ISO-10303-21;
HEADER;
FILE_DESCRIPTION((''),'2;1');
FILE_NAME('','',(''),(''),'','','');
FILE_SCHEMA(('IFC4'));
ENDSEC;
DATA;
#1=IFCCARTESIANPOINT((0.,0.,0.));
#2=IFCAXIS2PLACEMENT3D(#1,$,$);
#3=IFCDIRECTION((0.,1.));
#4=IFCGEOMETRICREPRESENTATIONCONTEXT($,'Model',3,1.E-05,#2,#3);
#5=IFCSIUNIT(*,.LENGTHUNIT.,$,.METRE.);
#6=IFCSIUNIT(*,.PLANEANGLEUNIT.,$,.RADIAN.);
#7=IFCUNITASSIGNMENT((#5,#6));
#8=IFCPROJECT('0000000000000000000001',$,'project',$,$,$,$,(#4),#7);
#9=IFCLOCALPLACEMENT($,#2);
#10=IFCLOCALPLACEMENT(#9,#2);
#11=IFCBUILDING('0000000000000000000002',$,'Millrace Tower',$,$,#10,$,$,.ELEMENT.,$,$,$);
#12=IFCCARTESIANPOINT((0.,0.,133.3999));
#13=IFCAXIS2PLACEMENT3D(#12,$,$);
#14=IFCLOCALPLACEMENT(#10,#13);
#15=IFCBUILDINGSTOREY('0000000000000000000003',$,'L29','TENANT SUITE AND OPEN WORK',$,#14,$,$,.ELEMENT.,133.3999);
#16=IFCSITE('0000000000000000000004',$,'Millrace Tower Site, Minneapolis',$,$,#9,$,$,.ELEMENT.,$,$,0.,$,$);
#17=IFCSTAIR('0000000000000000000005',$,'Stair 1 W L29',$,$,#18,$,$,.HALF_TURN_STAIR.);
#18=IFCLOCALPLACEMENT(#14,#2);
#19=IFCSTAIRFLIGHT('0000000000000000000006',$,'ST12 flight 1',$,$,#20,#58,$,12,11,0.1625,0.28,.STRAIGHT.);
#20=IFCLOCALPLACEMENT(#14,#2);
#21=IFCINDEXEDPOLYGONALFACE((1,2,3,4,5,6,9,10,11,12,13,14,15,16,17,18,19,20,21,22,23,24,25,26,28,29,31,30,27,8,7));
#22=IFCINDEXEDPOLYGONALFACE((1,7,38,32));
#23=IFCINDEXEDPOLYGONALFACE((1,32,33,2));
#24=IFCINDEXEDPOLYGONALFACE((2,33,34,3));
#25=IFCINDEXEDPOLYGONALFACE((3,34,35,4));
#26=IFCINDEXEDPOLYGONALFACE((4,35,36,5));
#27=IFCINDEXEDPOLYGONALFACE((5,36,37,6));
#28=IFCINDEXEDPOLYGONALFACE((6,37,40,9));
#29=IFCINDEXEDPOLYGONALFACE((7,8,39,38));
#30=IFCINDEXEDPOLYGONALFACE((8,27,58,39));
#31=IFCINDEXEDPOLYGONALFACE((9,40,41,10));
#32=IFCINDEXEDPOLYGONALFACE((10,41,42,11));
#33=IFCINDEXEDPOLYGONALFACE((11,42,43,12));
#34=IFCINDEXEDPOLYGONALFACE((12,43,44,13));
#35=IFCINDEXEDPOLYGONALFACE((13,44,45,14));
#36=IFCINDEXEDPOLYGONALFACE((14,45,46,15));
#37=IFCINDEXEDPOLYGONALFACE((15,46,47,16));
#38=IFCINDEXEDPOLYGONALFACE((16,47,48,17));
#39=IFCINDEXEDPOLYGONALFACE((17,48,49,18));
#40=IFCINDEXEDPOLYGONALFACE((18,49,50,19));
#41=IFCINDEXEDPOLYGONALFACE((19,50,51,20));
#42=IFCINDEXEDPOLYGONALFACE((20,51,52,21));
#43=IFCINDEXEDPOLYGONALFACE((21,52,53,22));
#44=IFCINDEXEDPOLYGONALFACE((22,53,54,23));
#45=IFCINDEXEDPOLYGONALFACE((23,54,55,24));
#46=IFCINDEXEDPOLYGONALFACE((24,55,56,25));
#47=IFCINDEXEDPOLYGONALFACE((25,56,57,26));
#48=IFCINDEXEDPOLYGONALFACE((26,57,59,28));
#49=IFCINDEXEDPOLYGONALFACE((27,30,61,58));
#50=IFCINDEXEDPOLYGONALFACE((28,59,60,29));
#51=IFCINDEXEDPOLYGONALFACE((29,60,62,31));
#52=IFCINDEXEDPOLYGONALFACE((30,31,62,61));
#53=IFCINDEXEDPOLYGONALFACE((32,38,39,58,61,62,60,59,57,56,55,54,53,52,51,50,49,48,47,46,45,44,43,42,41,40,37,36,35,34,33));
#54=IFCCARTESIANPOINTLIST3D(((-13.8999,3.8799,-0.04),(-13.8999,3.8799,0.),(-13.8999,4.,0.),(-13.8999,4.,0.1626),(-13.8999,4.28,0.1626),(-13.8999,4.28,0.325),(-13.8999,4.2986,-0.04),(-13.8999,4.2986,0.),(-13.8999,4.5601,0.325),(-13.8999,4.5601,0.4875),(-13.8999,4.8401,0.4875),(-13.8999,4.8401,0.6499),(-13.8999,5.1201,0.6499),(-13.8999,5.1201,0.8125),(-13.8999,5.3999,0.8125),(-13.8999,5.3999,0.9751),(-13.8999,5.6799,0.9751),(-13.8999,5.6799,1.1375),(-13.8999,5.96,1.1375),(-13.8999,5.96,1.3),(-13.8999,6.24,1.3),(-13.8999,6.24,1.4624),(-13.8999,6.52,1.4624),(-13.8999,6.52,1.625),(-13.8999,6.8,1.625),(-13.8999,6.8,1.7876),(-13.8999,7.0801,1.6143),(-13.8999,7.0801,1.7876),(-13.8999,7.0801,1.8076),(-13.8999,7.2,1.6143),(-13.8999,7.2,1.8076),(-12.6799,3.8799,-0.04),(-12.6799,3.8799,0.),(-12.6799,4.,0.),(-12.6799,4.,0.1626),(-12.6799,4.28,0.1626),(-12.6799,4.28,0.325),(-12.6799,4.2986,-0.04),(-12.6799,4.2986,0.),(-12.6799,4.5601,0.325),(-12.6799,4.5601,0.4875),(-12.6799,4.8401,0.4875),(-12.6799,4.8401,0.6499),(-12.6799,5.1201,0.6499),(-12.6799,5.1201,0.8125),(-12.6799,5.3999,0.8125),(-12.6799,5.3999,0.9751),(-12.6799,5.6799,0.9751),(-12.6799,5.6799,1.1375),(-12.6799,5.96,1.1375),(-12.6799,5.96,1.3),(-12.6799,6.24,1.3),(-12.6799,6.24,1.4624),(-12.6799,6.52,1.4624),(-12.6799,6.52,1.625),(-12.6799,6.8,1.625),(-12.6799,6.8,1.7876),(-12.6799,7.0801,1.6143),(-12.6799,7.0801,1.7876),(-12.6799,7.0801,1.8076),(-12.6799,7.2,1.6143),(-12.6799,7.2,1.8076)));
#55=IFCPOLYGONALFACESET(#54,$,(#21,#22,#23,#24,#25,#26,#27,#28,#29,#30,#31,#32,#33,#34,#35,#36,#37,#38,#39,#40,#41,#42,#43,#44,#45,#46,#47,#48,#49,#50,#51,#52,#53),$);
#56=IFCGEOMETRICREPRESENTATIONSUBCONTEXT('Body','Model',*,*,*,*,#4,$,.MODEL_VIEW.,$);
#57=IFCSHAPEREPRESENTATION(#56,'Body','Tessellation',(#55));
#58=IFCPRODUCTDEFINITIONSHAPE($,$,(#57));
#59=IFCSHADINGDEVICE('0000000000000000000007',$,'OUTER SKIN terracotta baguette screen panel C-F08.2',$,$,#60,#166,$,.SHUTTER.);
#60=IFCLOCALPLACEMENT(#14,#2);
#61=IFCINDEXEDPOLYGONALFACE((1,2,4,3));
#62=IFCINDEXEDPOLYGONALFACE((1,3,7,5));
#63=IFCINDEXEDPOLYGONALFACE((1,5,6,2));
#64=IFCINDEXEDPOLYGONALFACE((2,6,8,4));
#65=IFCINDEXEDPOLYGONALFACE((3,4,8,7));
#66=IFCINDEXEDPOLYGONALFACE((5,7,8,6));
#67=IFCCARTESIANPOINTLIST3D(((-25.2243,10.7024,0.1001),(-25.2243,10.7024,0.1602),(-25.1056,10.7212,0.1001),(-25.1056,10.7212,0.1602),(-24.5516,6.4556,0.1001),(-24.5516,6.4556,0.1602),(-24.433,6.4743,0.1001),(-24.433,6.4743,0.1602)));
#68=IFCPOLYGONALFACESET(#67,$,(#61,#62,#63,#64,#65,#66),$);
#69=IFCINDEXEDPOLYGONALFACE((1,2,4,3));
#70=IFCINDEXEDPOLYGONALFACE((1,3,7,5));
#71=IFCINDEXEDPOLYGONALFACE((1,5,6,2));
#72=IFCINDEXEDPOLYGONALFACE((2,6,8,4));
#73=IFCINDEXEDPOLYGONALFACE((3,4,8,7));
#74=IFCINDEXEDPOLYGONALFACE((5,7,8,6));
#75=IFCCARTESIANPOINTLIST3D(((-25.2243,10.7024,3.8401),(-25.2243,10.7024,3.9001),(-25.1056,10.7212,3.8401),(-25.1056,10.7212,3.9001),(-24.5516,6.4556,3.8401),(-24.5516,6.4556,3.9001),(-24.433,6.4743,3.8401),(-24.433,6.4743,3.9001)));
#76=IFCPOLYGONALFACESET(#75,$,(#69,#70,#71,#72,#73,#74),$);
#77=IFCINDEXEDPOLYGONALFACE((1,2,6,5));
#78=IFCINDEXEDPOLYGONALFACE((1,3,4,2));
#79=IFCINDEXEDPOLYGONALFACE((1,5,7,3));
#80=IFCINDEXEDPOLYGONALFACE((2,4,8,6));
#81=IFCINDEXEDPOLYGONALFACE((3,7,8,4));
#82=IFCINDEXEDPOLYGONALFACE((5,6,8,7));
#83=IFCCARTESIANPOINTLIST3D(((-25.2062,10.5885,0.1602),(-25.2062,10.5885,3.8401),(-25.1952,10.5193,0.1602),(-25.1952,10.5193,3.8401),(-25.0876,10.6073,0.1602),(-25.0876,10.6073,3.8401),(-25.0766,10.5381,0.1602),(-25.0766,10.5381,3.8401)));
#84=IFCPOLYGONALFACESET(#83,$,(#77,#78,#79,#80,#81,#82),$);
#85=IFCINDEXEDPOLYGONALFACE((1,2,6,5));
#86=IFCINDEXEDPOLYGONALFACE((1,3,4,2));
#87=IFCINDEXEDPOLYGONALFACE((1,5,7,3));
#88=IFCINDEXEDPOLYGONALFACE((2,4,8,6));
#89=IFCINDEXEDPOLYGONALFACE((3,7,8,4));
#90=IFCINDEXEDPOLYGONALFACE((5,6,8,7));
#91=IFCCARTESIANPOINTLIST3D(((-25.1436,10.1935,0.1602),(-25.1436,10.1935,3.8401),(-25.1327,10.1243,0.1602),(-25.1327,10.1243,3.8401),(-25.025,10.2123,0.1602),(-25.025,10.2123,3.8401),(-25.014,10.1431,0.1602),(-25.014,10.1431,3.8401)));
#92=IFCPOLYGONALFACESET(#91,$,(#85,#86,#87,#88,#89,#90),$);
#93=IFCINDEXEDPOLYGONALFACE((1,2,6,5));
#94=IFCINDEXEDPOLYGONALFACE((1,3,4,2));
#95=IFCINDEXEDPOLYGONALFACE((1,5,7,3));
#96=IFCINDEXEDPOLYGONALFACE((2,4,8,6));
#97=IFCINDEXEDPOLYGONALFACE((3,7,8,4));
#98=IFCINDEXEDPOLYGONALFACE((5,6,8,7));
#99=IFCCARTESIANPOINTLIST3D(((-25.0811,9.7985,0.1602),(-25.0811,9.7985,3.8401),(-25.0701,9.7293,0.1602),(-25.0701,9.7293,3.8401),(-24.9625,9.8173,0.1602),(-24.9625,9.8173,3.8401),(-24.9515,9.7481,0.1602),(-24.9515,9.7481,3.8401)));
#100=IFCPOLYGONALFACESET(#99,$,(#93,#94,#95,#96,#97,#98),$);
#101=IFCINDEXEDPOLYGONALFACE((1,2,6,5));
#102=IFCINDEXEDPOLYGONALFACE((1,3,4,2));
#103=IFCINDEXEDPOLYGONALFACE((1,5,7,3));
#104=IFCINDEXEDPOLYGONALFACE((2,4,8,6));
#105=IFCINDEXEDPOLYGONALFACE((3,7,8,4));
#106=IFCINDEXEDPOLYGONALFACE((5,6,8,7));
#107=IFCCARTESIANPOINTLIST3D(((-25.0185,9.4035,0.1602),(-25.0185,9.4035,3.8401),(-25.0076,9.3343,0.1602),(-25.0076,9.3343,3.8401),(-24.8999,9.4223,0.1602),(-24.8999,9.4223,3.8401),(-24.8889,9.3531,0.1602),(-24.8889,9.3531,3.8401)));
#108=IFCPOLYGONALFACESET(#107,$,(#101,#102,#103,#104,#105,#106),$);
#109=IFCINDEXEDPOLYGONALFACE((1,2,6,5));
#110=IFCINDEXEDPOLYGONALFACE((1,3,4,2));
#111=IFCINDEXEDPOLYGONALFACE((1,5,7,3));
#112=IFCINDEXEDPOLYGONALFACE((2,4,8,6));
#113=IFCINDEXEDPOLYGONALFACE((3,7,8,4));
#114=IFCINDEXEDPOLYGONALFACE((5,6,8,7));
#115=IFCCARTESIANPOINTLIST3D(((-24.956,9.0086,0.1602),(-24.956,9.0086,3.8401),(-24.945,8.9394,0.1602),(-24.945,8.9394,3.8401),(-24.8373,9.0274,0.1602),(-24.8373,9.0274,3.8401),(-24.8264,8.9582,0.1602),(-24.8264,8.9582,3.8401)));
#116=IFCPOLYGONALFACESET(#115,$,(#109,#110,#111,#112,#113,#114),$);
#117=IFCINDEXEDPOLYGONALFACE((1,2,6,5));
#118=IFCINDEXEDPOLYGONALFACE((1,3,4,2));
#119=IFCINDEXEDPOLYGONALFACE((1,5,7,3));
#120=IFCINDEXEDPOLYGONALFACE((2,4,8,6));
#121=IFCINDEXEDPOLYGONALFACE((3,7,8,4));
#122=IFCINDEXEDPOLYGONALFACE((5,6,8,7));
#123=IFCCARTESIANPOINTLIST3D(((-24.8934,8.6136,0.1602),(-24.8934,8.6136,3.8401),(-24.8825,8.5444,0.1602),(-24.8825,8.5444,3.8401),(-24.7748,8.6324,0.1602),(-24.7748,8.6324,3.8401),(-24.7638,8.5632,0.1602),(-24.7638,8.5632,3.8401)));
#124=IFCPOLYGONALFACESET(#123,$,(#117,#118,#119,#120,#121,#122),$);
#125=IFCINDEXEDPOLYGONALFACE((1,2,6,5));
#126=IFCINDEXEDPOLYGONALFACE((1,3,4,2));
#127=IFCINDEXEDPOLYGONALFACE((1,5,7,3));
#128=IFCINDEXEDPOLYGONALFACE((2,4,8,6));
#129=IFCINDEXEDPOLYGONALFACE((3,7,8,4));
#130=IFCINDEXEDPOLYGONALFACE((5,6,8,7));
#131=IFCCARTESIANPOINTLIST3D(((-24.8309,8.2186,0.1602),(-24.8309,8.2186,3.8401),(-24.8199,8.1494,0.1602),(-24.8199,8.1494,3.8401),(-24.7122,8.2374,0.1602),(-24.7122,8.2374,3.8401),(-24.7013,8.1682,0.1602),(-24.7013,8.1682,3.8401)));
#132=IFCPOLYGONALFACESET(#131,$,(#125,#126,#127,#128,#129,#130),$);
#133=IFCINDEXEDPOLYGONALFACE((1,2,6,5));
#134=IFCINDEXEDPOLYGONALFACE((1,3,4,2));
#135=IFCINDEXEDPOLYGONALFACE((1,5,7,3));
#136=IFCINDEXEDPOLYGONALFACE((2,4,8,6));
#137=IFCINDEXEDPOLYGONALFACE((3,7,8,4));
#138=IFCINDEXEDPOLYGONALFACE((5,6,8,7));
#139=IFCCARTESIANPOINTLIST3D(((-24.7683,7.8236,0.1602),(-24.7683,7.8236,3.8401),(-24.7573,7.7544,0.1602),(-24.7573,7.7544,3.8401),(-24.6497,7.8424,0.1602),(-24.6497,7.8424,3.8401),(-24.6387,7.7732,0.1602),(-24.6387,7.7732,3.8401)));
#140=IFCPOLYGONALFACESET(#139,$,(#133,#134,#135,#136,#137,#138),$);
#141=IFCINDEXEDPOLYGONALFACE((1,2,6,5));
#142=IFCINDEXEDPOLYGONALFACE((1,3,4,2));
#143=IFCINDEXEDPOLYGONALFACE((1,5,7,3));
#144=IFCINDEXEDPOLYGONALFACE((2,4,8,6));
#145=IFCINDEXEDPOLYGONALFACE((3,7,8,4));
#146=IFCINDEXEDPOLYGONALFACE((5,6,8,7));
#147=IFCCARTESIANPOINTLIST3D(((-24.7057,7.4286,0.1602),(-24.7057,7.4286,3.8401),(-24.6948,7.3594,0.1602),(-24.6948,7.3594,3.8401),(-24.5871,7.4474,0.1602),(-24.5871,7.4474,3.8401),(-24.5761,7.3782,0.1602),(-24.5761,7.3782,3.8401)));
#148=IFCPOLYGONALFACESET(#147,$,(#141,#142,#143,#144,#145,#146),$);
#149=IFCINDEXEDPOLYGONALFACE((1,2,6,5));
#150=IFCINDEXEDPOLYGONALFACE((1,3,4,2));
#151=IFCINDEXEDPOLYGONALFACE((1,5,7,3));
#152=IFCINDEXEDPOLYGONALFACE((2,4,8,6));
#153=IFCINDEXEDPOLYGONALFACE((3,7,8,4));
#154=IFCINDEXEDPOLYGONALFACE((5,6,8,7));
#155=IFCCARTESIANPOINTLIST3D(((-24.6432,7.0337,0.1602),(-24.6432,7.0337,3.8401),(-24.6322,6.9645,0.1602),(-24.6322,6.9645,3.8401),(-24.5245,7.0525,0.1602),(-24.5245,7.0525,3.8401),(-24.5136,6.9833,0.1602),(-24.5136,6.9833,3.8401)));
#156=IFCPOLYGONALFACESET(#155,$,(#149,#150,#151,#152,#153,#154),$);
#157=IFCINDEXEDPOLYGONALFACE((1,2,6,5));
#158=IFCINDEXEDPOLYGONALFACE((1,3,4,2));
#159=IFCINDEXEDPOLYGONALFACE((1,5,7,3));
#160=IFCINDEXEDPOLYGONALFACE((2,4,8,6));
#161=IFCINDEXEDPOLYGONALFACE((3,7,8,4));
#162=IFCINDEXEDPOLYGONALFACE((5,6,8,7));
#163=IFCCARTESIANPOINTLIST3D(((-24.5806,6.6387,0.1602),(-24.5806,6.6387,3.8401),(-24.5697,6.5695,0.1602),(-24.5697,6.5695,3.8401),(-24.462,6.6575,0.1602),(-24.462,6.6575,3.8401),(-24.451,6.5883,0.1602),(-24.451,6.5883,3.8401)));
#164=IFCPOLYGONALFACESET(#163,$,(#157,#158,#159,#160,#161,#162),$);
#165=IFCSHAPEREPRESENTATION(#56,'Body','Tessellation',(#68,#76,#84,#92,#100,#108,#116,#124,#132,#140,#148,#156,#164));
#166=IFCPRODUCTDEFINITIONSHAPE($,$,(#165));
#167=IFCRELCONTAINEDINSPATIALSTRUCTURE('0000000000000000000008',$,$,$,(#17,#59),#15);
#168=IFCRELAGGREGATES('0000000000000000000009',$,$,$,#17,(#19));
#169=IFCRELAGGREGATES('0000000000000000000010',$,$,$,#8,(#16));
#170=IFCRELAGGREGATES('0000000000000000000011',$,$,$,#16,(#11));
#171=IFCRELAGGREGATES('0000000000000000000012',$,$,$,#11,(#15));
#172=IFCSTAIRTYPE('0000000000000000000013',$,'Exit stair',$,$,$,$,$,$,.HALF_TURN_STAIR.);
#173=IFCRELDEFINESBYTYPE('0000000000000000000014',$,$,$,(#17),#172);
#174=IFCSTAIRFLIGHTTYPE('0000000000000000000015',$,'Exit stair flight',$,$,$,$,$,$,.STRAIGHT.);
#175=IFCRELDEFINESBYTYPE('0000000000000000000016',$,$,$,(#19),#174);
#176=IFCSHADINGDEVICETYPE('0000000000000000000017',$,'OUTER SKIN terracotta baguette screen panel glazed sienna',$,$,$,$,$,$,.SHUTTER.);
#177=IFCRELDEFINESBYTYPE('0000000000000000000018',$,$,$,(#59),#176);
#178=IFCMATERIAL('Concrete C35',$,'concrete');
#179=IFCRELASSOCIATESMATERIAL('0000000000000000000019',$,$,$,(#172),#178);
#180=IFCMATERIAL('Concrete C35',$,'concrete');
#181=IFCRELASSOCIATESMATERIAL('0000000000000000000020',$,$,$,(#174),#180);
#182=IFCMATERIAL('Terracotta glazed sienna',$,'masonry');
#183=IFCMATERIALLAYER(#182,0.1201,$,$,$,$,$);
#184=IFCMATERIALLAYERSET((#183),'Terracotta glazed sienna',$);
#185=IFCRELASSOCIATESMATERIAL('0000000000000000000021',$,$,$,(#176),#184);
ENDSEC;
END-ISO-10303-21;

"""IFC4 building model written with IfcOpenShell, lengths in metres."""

from ifc_helpers import new_model, entity, si_unit, direction, frame, frame_2d, origin, origin_2d, place, context, subcontext, project, spatial, polyline, rectangle, outline, extrude, source, transform, mapped, material, layer, layer_set, type_object, element, aggregate, save


model = new_model("IFC4")

# Units and contexts
model_context = context("Model", 3, precision=1e-05, world=origin(), true_north=direction((0.0, 1.0)))
body_context = subcontext(model_context, "Body", "Model", "MODEL_VIEW")
ifc_project = project(units=[si_unit("LENGTHUNIT", "METRE"), si_unit("PLANEANGLEUNIT", "RADIAN")], contexts=[model_context])

# Site, building, storey
site_placement = place(None, origin())
site = spatial("IfcSite", under=ifc_project, at=site_placement, Name="Millrace Tower Site, Minneapolis", CompositionType="ELEMENT", RefElevation=0.0)
building_placement = place(site_placement, origin())
building = spatial("IfcBuilding", under=site, at=building_placement, Name="Millrace Tower", CompositionType="ELEMENT")
storey_placement = place(building_placement, frame((0.0, 0.0, 133.3999)))
storey = spatial("IfcBuildingStorey", under=building, at=storey_placement, Name="L29", Description="TENANT SUITE AND OPEN WORK", CompositionType="ELEMENT", Elevation=133.3999)

# Shared definitions
placement = place(storey_placement, origin())

# Stair, stair flight
ifc_material_1 = material(Name="Concrete C35", Category="concrete")
stair_type = type_object("IfcStairType", Name="Exit stair", PredefinedType="HALF_TURN_STAIR", material=ifc_material_1)
stair = element("IfcStair", 1, at=placement, inside=storey, type_object=stair_type, Name="Stair 1 W L29", PredefinedType="HALF_TURN_STAIR")
ifc_material_2 = material(Name="Concrete C35", Category="concrete")
stair_flight_type = type_object("IfcStairFlightType", Name="Exit stair flight", PredefinedType="STRAIGHT", material=ifc_material_2)
stair_flight_placement = place(storey_placement, frame((-13.29, 4.0, 0.0), z_axis=(0.0, 0.0, 1.0), x_axis=(0.0, 1.0, 0.0)))
stair_flight = element("IfcStairFlight", 2, at=stair_flight_placement, type_object=stair_flight_type, Name="ST12 flight 1", NumberOfRisers=12, NumberOfTreads=11, PredefinedType="STRAIGHT", RiserHeight=0.1625, TreadLength=0.28, context=body_context, shape_type="SweptSolid", body=[
    extrude(outline(polyline([(-0.1201, -0.04), (-0.1201, 0.0), (0.0, 0.0), (0.0, 0.1626), (0.28, 0.1626), (0.28, 0.325), (0.5601, 0.325), (0.5601, 0.4875), (0.8401, 0.4875), (0.8401, 0.6499), (1.1201, 0.6499), (1.1201, 0.8125), (1.3999, 0.8125), (1.3999, 0.9751), (1.6799, 0.9751), (1.6799, 1.1375), (1.96, 1.1375), (1.96, 1.3), (2.24, 1.3), (2.24, 1.4624), (2.52, 1.4624), (2.52, 1.625), (2.8, 1.625), (2.8, 1.7876), (3.0801, 1.7876), (3.0801, 1.8076), (3.2, 1.8076), (3.2, 1.6143), (3.0801, 1.6143), (0.2986, 0.0), (0.2986, -0.04), (-0.1201, -0.04)])), frame((0.0, 0.6099, 0.0), z_axis=(0.0, -1.0, 0.0), x_axis=(1.0, 0.0, 0.0)), (0.0, 0.0, 1.0), 1.22),
])
aggregate(stair, [stair_flight])

# Shading device
ifc_material_3 = material(Name="Terracotta glazed sienna", Category="masonry")
ifc_layer_1 = layer(ifc_material_3, 0.1201)
ifc_layer_set_1 = layer_set([ifc_layer_1], Name="Terracotta glazed sienna")
shading_device_type = type_object("IfcShadingDeviceType", Name="OUTER SKIN terracotta baguette screen panel glazed sienna", PredefinedType="SHUTTER", material=ifc_layer_set_1)
cartesian_point = entity("IfcCartesianPoint", [-2.1499, 0.0601])
shared_polyline = entity("IfcPolyline", [cartesian_point, entity("IfcCartesianPoint", [2.1499, 0.0601]), entity("IfcCartesianPoint", [2.1499, -0.0601]), entity("IfcCartesianPoint", [-2.1499, -0.0601]), cartesian_point])
shared_shape = source(origin(), body_context, "Body", "SweptSolid", [
    entity("IfcExtrudedAreaSolid", entity("IfcArbitraryClosedProfileDef", "AREA", None, shared_polyline), entity("IfcAxis2Placement3D", entity("IfcCartesianPoint", [0.0, 0.0, 0.0])), entity("IfcDirection", [0.0, 0.0, 1.0]), 0.0601),
    entity("IfcExtrudedAreaSolid", entity("IfcArbitraryClosedProfileDef", "AREA", None, shared_polyline), entity("IfcAxis2Placement3D", entity("IfcCartesianPoint", [0.0, 0.0, 3.74])), entity("IfcDirection", [0.0, 0.0, 1.0]), 0.0601),
    extrude(rectangle(XDim=0.0701, YDim=0.1201, at=frame_2d((-1.9995, 0.0))), frame((0.0, 0.0, 0.0601)), (0.0, 0.0, 1.0), 3.6799),
    extrude(rectangle(XDim=0.0701, YDim=0.1201, at=frame_2d((-1.5996, 0.0))), frame((0.0, 0.0, 0.0601)), (0.0, 0.0, 1.0), 3.6799),
    extrude(rectangle(XDim=0.0701, YDim=0.1201, at=frame_2d((-1.1997, 0.0))), frame((0.0, 0.0, 0.0601)), (0.0, 0.0, 1.0), 3.6799),
    extrude(rectangle(XDim=0.0701, YDim=0.1201, at=frame_2d((-0.7998, 0.0))), frame((0.0, 0.0, 0.0601)), (0.0, 0.0, 1.0), 3.6799),
    extrude(rectangle(XDim=0.0701, YDim=0.1201, at=frame_2d((-0.3999, 0.0))), frame((0.0, 0.0, 0.0601)), (0.0, 0.0, 1.0), 3.6799),
    extrude(rectangle(XDim=0.0701, YDim=0.1201, at=origin_2d()), frame((0.0, 0.0, 0.0601)), (0.0, 0.0, 1.0), 3.6799),
    extrude(rectangle(XDim=0.0701, YDim=0.1201, at=frame_2d((0.3999, 0.0))), frame((0.0, 0.0, 0.0601)), (0.0, 0.0, 1.0), 3.6799),
    extrude(rectangle(XDim=0.0701, YDim=0.1201, at=frame_2d((0.7998, 0.0))), frame((0.0, 0.0, 0.0601)), (0.0, 0.0, 1.0), 3.6799),
    extrude(rectangle(XDim=0.0701, YDim=0.1201, at=frame_2d((1.1997, 0.0))), frame((0.0, 0.0, 0.0601)), (0.0, 0.0, 1.0), 3.6799),
    extrude(rectangle(XDim=0.0701, YDim=0.1201, at=frame_2d((1.5996, 0.0))), frame((0.0, 0.0, 0.0601)), (0.0, 0.0, 1.0), 3.6799),
    extrude(rectangle(XDim=0.0701, YDim=0.1201, at=frame_2d((1.9995, 0.0))), frame((0.0, 0.0, 0.0601)), (0.0, 0.0, 1.0), 3.6799),
])
for number, where, z_axis, x_axis, name in (
    (3, (-24.8286, 8.5884, 0.1001), (0.0, 0.0, 1.0), (0.156434, -0.987688, 0.0), "OUTER SKIN terracotta baguette screen panel C-F08.2"),
):
    element("IfcShadingDevice", number, at=place(storey_placement, frame(where, z_axis=z_axis, x_axis=x_axis)), inside=storey, type_object=shading_device_type, Name=name, PredefinedType="SHUTTER", context=body_context, shape_type="MappedRepresentation", body=[
        mapped(shared_shape, transform((0.0, 0.0, 0.0), scale=1.0)),
    ])

save(model, "model.ifc")
